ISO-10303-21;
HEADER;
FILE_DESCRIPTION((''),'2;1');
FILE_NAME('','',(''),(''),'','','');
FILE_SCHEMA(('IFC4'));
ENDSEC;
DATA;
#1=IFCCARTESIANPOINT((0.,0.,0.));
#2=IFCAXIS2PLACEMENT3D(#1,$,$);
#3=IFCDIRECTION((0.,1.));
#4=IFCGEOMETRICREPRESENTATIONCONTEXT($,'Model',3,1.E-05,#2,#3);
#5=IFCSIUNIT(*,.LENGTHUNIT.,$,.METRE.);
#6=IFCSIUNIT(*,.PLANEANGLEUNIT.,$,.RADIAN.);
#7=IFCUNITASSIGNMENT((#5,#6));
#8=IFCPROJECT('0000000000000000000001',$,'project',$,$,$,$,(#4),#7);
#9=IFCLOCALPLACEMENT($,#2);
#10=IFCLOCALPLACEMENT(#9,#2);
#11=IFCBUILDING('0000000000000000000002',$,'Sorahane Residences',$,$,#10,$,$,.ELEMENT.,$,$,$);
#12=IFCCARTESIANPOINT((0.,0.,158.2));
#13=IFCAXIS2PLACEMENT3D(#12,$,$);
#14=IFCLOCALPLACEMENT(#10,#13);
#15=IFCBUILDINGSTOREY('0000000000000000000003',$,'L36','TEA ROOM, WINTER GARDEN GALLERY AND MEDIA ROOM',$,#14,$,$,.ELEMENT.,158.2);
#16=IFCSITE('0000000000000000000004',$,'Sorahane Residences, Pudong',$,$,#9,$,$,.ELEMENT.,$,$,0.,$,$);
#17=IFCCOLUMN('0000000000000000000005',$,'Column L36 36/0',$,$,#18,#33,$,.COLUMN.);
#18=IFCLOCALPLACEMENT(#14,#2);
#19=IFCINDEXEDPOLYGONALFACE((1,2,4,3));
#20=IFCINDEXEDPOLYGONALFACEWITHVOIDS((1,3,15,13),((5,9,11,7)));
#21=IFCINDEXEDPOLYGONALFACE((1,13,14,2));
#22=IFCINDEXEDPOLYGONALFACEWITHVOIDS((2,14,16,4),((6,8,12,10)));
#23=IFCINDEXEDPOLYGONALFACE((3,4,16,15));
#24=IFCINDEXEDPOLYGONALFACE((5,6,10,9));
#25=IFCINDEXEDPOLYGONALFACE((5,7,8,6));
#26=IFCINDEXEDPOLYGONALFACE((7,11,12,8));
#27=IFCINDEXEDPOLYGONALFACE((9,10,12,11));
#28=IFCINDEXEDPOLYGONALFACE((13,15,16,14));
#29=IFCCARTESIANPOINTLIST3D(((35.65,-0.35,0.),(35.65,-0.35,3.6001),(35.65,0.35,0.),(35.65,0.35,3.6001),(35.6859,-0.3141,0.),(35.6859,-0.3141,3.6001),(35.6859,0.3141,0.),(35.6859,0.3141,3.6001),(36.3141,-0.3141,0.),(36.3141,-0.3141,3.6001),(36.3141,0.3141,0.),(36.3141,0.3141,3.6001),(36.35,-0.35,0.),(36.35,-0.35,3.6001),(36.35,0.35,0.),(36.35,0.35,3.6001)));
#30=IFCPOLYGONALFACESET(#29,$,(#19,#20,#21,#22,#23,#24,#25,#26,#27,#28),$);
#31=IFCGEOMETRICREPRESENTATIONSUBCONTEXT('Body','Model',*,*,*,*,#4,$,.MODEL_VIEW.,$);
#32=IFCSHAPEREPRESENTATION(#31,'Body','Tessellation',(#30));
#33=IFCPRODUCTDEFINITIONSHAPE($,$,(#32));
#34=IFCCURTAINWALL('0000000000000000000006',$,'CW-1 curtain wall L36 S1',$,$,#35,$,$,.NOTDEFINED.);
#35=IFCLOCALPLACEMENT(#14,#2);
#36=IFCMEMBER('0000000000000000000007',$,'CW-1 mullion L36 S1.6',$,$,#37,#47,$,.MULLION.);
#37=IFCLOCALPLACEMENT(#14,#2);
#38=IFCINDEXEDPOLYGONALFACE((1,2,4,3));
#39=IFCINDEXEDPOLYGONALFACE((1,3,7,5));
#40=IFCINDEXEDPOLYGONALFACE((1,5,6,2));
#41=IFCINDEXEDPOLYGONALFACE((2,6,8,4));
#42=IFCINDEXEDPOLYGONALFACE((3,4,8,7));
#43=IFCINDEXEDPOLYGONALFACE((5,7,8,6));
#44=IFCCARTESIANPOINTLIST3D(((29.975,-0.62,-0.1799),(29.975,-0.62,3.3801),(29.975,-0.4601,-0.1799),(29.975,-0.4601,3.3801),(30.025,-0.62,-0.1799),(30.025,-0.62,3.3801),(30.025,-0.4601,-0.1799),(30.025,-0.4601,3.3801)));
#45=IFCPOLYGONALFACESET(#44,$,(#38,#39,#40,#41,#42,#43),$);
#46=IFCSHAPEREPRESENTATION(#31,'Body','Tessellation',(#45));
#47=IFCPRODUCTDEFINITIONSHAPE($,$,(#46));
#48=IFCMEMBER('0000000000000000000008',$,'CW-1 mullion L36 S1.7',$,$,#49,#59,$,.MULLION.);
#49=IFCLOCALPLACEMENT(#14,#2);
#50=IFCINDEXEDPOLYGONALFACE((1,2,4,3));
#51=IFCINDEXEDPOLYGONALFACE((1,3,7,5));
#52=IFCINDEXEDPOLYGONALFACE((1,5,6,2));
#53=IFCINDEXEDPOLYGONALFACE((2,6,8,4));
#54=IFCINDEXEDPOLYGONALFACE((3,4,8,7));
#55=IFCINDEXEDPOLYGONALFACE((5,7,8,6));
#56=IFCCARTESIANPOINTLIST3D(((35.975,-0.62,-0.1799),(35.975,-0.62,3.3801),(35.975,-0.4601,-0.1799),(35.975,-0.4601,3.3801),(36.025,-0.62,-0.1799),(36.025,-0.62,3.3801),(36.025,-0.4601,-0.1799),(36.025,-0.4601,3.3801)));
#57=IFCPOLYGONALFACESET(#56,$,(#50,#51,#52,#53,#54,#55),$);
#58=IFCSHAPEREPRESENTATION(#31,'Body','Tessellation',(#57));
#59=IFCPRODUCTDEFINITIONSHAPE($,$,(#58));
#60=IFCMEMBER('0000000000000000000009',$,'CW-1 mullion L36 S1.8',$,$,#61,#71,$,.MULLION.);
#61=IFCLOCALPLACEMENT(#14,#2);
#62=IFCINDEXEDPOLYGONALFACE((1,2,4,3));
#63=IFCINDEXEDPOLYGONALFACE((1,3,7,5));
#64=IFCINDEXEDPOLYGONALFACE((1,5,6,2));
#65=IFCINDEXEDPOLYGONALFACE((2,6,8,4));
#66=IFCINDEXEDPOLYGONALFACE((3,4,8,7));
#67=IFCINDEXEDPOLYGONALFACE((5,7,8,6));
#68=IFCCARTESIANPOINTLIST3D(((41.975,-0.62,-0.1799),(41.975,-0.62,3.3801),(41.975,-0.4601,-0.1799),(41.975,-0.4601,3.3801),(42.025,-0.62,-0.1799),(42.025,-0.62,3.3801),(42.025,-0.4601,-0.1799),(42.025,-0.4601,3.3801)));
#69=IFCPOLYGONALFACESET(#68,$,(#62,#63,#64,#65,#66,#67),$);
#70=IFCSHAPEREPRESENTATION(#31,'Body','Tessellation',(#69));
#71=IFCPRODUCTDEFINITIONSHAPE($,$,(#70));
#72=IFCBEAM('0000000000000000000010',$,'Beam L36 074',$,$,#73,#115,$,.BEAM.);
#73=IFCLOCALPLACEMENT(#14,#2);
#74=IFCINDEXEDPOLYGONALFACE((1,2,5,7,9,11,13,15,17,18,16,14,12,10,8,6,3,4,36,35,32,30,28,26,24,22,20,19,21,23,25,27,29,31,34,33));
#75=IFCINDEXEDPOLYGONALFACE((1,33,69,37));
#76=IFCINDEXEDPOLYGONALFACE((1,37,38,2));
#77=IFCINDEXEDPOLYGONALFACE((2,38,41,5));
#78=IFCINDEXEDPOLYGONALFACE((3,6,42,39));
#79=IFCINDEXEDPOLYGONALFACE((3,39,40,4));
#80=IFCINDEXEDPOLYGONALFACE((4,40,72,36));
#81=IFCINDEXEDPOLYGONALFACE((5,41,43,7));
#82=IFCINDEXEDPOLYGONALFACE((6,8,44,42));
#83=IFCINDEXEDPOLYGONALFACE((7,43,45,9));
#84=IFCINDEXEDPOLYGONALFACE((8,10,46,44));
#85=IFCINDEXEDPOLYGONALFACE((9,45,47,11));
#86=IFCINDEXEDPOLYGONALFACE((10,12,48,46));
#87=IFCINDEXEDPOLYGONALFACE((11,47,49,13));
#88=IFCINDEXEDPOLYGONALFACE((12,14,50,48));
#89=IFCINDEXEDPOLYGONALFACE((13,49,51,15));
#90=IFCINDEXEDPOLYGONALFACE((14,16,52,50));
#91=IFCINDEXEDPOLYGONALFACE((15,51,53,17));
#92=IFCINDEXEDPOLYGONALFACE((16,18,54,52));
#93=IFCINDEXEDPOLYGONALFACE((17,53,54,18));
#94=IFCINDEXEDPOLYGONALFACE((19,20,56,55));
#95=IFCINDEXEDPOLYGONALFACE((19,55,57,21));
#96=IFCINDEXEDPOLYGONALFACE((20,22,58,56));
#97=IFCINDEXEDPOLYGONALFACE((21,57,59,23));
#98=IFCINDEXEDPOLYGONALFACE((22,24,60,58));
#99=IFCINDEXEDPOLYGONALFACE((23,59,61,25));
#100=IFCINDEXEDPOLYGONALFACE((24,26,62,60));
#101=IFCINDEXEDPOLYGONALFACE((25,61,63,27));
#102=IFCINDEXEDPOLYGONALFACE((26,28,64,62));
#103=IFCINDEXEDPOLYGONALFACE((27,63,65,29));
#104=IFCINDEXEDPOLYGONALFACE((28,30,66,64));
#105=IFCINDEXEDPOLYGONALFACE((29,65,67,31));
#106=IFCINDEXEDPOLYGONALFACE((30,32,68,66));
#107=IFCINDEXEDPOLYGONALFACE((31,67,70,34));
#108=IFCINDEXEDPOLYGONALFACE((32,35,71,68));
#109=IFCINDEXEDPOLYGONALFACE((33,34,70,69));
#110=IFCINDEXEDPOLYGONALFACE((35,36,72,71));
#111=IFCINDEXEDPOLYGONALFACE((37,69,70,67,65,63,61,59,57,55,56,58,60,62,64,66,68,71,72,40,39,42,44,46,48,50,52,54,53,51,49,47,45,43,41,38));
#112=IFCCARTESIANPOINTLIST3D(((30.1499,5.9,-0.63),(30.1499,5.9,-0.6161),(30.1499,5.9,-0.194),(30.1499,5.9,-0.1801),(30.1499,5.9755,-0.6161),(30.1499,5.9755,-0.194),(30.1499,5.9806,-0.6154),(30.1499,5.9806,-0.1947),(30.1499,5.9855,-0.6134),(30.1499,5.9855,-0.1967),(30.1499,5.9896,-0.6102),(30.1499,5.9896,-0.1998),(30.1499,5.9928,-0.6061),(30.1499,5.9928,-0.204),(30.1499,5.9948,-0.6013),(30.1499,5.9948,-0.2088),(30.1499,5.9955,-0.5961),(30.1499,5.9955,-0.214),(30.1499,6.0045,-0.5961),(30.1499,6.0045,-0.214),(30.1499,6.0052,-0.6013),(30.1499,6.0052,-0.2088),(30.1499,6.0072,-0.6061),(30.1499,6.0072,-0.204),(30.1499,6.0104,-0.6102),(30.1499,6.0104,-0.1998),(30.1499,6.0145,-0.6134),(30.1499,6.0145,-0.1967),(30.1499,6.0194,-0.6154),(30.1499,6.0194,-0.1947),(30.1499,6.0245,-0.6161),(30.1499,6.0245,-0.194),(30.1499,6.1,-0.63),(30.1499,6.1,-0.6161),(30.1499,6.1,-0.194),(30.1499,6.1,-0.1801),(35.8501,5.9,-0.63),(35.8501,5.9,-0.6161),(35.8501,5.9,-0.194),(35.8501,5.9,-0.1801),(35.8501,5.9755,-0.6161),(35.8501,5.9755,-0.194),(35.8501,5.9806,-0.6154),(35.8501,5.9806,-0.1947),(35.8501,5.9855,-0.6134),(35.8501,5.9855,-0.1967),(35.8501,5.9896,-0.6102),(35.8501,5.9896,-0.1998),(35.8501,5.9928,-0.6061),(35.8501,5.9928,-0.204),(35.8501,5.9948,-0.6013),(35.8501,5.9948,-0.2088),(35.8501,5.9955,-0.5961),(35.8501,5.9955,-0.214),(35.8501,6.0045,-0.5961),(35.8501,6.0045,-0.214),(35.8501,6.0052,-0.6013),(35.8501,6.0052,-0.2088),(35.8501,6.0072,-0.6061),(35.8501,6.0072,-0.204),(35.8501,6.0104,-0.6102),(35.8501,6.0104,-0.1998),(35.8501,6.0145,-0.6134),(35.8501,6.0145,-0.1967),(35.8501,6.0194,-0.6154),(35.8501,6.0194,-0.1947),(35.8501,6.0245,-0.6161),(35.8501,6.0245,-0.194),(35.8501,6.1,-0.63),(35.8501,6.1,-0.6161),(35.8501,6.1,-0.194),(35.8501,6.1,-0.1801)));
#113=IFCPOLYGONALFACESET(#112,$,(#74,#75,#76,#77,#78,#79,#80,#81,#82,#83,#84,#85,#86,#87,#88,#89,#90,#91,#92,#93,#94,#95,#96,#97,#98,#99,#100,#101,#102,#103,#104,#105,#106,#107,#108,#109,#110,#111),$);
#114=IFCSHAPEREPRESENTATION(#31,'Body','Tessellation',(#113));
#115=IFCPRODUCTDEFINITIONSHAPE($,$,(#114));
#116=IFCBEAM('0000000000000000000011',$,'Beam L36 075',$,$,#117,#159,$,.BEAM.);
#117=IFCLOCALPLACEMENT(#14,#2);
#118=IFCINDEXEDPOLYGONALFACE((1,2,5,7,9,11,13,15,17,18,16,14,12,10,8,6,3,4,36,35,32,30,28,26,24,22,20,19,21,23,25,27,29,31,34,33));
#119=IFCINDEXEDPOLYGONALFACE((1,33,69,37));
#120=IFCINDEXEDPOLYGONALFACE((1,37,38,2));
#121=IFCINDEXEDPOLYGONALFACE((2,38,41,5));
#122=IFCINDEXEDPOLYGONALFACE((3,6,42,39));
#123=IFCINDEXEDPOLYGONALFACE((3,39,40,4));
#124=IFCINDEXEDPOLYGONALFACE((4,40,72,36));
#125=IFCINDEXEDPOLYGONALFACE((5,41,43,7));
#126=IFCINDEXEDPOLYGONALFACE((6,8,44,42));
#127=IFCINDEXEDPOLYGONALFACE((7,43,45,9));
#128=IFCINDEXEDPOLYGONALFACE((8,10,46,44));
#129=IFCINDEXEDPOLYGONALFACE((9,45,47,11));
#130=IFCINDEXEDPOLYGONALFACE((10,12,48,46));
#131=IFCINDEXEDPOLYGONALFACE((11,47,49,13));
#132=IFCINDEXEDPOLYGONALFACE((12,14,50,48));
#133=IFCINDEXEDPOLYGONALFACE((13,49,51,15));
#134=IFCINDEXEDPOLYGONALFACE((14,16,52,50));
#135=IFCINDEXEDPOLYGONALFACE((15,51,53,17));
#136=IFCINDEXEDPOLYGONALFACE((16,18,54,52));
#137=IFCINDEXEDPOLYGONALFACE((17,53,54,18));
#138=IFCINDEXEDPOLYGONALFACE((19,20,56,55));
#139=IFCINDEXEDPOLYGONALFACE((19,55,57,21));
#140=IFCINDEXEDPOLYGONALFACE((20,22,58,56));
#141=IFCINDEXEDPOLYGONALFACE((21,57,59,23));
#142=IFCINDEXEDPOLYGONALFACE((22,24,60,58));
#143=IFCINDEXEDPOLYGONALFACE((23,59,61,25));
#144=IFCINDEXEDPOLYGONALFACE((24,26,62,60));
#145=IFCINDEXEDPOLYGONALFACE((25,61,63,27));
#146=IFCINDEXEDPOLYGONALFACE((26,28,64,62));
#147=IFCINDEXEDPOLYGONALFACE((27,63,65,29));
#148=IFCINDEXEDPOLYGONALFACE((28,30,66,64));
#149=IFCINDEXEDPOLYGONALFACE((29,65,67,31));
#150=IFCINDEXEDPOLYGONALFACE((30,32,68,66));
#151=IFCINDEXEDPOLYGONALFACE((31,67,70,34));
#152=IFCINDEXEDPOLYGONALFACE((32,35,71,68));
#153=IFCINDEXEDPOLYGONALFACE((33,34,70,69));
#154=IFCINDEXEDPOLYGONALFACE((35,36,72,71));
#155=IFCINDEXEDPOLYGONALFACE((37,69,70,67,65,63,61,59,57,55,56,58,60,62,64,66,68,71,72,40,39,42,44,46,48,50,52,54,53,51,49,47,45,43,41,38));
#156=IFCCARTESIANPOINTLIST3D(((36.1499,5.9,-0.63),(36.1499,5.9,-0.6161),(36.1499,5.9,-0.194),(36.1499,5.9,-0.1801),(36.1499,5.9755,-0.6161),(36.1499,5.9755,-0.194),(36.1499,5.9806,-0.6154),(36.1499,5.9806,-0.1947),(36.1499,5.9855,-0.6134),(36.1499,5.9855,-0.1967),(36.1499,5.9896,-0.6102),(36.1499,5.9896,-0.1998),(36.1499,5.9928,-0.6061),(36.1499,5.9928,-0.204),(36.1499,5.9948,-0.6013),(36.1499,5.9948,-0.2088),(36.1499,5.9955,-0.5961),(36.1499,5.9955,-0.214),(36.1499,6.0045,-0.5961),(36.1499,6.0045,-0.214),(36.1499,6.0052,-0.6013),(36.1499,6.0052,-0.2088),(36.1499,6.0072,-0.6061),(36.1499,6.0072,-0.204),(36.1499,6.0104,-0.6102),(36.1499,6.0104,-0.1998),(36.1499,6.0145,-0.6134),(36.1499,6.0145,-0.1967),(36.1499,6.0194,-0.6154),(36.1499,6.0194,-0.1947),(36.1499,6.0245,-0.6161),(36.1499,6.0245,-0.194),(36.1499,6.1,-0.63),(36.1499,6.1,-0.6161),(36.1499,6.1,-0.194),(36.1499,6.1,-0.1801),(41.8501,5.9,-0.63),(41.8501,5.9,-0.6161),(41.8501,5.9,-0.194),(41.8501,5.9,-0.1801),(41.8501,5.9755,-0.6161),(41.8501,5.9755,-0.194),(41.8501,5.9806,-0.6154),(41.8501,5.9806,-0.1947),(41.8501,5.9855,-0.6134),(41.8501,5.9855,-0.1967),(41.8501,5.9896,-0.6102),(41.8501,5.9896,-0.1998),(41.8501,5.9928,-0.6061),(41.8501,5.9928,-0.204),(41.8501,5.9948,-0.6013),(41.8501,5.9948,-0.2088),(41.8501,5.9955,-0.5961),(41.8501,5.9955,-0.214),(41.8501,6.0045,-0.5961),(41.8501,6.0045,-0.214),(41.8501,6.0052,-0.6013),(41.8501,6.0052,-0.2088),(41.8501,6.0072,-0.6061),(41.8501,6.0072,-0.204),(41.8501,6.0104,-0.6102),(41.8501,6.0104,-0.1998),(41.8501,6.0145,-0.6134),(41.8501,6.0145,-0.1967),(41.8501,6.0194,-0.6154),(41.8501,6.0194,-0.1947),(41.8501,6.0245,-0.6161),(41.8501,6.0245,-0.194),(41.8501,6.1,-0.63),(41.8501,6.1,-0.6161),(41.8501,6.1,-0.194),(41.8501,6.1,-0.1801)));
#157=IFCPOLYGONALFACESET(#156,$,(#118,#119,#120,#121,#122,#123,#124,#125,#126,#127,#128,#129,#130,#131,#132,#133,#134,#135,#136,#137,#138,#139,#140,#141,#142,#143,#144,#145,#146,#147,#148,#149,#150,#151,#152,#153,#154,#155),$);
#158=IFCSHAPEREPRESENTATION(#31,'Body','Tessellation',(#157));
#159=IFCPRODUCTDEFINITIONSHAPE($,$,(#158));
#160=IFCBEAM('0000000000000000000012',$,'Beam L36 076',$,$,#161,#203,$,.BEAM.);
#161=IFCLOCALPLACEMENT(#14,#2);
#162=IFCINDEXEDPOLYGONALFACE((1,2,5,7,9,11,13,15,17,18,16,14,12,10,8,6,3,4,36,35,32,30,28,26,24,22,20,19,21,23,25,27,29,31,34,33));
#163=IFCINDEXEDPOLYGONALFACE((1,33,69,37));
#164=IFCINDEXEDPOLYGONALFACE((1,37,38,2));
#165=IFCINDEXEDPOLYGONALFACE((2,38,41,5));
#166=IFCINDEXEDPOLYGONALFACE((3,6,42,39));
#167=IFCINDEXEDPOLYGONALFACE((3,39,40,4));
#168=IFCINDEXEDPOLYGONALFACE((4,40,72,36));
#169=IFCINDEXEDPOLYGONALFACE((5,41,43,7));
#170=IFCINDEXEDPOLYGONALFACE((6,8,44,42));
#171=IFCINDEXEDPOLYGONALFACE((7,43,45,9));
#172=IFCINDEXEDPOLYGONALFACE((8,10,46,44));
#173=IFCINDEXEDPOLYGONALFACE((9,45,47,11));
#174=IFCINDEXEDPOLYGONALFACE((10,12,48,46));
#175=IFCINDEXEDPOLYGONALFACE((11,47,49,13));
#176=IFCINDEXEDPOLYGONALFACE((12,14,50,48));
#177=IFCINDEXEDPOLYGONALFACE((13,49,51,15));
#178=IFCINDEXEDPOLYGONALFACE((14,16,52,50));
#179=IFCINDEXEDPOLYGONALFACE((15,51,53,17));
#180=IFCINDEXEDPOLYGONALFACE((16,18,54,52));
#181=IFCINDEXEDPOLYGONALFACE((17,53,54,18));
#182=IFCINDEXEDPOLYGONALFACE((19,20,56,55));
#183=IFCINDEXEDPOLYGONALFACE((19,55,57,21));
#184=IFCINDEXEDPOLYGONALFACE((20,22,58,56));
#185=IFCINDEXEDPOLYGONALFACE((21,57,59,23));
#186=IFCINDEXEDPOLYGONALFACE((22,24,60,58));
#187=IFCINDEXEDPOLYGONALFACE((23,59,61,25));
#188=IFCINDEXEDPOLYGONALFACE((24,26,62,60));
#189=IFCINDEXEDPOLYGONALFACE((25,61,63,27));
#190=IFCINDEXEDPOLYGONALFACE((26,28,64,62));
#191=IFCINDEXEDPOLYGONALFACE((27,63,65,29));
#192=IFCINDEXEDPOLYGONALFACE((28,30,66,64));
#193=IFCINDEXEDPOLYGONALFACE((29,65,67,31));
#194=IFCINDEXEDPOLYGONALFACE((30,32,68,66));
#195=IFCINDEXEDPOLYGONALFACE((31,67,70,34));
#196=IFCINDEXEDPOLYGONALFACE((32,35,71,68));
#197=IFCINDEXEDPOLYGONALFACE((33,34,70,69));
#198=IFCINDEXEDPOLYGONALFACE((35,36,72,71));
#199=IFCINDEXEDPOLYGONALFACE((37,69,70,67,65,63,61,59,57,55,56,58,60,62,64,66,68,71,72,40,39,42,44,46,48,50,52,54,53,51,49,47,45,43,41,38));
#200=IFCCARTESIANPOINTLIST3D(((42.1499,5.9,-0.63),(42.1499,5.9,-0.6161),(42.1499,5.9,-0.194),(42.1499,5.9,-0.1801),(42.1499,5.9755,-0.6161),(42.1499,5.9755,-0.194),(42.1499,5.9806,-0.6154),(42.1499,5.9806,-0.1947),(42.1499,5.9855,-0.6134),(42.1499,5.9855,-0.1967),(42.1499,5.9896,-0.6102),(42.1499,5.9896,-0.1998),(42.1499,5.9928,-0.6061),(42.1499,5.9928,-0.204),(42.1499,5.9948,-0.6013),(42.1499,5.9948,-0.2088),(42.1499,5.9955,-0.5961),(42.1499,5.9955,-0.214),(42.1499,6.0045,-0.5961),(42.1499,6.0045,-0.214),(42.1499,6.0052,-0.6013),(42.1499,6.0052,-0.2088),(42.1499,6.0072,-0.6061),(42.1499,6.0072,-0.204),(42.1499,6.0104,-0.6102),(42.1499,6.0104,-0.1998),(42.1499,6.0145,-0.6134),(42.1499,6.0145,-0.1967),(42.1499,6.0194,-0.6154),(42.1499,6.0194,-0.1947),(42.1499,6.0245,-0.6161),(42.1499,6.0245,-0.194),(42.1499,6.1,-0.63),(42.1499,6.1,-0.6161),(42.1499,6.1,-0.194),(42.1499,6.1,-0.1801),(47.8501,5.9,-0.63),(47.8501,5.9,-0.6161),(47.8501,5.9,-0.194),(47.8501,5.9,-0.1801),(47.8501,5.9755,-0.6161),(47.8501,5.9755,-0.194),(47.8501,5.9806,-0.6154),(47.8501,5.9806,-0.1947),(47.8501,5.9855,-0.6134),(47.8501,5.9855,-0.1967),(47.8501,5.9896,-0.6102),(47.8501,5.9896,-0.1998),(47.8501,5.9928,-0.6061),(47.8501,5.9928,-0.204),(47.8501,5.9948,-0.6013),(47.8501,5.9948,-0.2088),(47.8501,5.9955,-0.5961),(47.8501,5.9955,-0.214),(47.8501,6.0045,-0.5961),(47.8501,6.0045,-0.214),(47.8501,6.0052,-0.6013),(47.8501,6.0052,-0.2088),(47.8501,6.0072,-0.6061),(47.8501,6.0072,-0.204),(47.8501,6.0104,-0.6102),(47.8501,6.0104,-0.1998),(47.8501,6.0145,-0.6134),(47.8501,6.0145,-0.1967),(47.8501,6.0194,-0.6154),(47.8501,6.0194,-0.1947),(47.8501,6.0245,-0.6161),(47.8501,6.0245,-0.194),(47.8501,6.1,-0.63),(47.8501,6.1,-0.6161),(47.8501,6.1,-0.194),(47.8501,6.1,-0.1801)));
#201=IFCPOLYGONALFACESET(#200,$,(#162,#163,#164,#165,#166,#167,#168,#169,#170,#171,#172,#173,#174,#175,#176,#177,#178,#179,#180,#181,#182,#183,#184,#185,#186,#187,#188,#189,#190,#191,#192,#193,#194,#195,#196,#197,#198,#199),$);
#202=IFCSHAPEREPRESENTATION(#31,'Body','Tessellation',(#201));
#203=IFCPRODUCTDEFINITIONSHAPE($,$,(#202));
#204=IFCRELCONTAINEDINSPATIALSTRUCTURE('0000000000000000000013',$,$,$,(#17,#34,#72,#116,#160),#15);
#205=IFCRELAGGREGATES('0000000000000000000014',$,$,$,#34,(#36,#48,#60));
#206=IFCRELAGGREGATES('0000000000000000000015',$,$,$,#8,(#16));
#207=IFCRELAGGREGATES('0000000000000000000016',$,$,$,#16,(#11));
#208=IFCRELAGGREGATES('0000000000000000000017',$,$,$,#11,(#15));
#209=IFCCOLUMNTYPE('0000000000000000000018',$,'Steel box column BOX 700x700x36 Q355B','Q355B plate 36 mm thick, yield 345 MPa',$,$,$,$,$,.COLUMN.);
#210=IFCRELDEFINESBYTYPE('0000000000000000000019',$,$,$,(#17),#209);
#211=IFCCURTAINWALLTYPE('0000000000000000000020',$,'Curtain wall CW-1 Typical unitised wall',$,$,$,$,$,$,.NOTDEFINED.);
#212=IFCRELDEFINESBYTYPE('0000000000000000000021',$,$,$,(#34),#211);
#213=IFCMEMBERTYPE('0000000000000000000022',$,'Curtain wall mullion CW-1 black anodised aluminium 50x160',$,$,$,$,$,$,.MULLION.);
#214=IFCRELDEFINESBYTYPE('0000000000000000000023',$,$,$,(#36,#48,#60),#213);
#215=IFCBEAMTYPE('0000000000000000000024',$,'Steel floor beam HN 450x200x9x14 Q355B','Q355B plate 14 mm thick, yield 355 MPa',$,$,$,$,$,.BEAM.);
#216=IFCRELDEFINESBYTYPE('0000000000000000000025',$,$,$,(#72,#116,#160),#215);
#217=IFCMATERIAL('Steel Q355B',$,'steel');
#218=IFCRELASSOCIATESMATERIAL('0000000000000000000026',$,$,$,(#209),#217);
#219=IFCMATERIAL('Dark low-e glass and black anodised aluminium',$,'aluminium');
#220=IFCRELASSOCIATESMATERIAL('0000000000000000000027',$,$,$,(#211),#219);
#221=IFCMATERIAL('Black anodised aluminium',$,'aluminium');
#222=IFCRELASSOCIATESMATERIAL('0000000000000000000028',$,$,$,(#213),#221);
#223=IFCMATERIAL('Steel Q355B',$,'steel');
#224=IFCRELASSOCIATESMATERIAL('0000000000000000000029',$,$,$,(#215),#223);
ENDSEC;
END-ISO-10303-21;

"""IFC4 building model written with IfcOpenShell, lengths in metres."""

from ifc_helpers import new_model, si_unit, direction, frame, origin, origin_2d, place, context, subcontext, project, spatial, rectangle, hollow_rectangle, i_section, extrude, material, material_profile, profile_set, type_object, element, aggregate, save


model = new_model("IFC4")

# Units and contexts
model_context = context("Model", 3, precision=1e-05, world=origin(), true_north=direction((0.0, 1.0)))
body_context = subcontext(model_context, "Body", "Model", "MODEL_VIEW")
ifc_project = project(units=[si_unit("LENGTHUNIT", "METRE"), si_unit("PLANEANGLEUNIT", "RADIAN")], contexts=[model_context])

# Site, building, storey
site_placement = place(None, origin())
site = spatial("IfcSite", under=ifc_project, at=site_placement, Name="Sorahane Residences, Pudong", CompositionType="ELEMENT", RefElevation=0.0)
building_placement = place(site_placement, origin())
building = spatial("IfcBuilding", under=site, at=building_placement, Name="Sorahane Residences", CompositionType="ELEMENT")
storey_placement = place(building_placement, frame((0.0, 0.0, 158.2)))
storey = spatial("IfcBuildingStorey", under=building, at=storey_placement, Name="L36", Description="TEA ROOM, WINTER GARDEN GALLERY AND MEDIA ROOM", CompositionType="ELEMENT", Elevation=158.2)

# Column
ifc_material_1 = material(Name="Steel Q355B", Category="steel")
ifc_material_profile_1 = material_profile(ifc_material_1, hollow_rectangle(XDim=0.7, YDim=0.7, WallThickness=0.0359, at=origin_2d()), Name="BOX 700x700x36")
ifc_profile_set_1 = profile_set([ifc_material_profile_1], Name="Steel Q355B")
column_type = type_object("IfcColumnType", Name="Steel box column BOX 700x700x36 Q355B", Description="Q355B plate 36 mm thick, yield 345 MPa", PredefinedType="COLUMN", material=ifc_profile_set_1)
column_placement = place(storey_placement, frame((36.0, 0.0, 0.0), z_axis=(0.0, 0.0, 1.0), x_axis=(1.0, 0.0, 0.0)))
element("IfcColumn", 1, at=column_placement, inside=storey, type_object=column_type, Name="Column L36 36/0", PredefinedType="COLUMN", context=body_context, shape_type="SweptSolid", body=[
    extrude(hollow_rectangle(XDim=0.7, YDim=0.7, WallThickness=0.0359, at=origin_2d()), origin(), (0.0, 0.0, 1.0), 3.6001),
])

# Curtain wall, members
ifc_material_2 = material(Name="Dark low-e glass and black anodised aluminium", Category="aluminium")
curtain_wall_type = type_object("IfcCurtainWallType", Name="Curtain wall CW-1 Typical unitised wall", PredefinedType="NOTDEFINED", material=ifc_material_2)
curtain_wall_placement = place(storey_placement, origin())
curtain_wall = element("IfcCurtainWall", 2, at=curtain_wall_placement, inside=storey, type_object=curtain_wall_type, Name="CW-1 curtain wall L36 S1", PredefinedType="NOTDEFINED")
ifc_material_3 = material(Name="Black anodised aluminium", Category="aluminium")
ifc_material_profile_2 = material_profile(ifc_material_3, rectangle(XDim=0.1599, YDim=0.05, at=origin_2d()), Name="Curtain wall mullion CW-1 black anodised aluminium 50x160")
ifc_profile_set_2 = profile_set([ifc_material_profile_2], Name="Black anodised aluminium")
member_type = type_object("IfcMemberType", Name="Curtain wall mullion CW-1 black anodised aluminium 50x160", PredefinedType="MULLION", material=ifc_profile_set_2)
member_1_placement = place(storey_placement, frame((30.0, -0.54, -0.1799), z_axis=(0.0, 0.0, 1.0), x_axis=(0.0, -1.0, 0.0)))
member_1 = element("IfcMember", 3, at=member_1_placement, type_object=member_type, Name="CW-1 mullion L36 S1.6", PredefinedType="MULLION", context=body_context, shape_type="SweptSolid", body=[
    extrude(rectangle(XDim=0.1599, YDim=0.05, at=origin_2d()), origin(), (0.0, 0.0, 1.0), 3.5601),
])
member_2_placement = place(storey_placement, frame((36.0, -0.54, -0.1799), z_axis=(0.0, 0.0, 1.0), x_axis=(0.0, -1.0, 0.0)))
member_2 = element("IfcMember", 4, at=member_2_placement, type_object=member_type, Name="CW-1 mullion L36 S1.7", PredefinedType="MULLION", context=body_context, shape_type="SweptSolid", body=[
    extrude(rectangle(XDim=0.1599, YDim=0.05, at=origin_2d()), origin(), (0.0, 0.0, 1.0), 3.5601),
])
member_3_placement = place(storey_placement, frame((42.0, -0.54, -0.1799), z_axis=(0.0, 0.0, 1.0), x_axis=(0.0, -1.0, 0.0)))
member_3 = element("IfcMember", 5, at=member_3_placement, type_object=member_type, Name="CW-1 mullion L36 S1.8", PredefinedType="MULLION", context=body_context, shape_type="SweptSolid", body=[
    extrude(rectangle(XDim=0.1599, YDim=0.05, at=origin_2d()), origin(), (0.0, 0.0, 1.0), 3.5601),
])

# Beams
ifc_material_4 = material(Name="Steel Q355B", Category="steel")
ifc_material_profile_3 = material_profile(ifc_material_4, i_section(OverallWidth=0.2, OverallDepth=0.45, WebThickness=0.009, FlangeThickness=0.0139, FilletRadius=0.02, at=origin_2d()), Name="HN 450x200x9x14")
ifc_profile_set_3 = profile_set([ifc_material_profile_3], Name="Steel Q355B")
beam_type_1 = type_object("IfcBeamType", Name="Steel floor beam HN 450x200x9x14 Q355B", Description="Q355B plate 14 mm thick, yield 355 MPa", PredefinedType="BEAM", material=ifc_profile_set_3)
for number, where, z_axis, x_axis, name in (
    (6, (30.1499, 6.0, -0.405), (1.0, 0.0, 0.0), (0.0, 1.0, 0.0), "Beam L36 074"),
    (7, (36.1499, 6.0, -0.405), (1.0, 0.0, 0.0), (0.0, 1.0, 0.0), "Beam L36 075"),
    (8, (42.1499, 6.0, -0.405), (1.0, 0.0, 0.0), (0.0, 1.0, 0.0), "Beam L36 076"),
):
    element("IfcBeam", number, at=place(storey_placement, frame(where, z_axis=z_axis, x_axis=x_axis)), inside=storey, type_object=beam_type_1, Name=name, PredefinedType="BEAM", context=body_context, shape_type="SweptSolid", body=[
        extrude(i_section(OverallWidth=0.2, OverallDepth=0.45, WebThickness=0.009, FlangeThickness=0.0139, FilletRadius=0.02, at=origin_2d()), origin(), (0.0, 0.0, 1.0), 5.7002),
    ])

aggregate(curtain_wall, [member_1, member_2, member_3])

save(model, "model.ifc")
